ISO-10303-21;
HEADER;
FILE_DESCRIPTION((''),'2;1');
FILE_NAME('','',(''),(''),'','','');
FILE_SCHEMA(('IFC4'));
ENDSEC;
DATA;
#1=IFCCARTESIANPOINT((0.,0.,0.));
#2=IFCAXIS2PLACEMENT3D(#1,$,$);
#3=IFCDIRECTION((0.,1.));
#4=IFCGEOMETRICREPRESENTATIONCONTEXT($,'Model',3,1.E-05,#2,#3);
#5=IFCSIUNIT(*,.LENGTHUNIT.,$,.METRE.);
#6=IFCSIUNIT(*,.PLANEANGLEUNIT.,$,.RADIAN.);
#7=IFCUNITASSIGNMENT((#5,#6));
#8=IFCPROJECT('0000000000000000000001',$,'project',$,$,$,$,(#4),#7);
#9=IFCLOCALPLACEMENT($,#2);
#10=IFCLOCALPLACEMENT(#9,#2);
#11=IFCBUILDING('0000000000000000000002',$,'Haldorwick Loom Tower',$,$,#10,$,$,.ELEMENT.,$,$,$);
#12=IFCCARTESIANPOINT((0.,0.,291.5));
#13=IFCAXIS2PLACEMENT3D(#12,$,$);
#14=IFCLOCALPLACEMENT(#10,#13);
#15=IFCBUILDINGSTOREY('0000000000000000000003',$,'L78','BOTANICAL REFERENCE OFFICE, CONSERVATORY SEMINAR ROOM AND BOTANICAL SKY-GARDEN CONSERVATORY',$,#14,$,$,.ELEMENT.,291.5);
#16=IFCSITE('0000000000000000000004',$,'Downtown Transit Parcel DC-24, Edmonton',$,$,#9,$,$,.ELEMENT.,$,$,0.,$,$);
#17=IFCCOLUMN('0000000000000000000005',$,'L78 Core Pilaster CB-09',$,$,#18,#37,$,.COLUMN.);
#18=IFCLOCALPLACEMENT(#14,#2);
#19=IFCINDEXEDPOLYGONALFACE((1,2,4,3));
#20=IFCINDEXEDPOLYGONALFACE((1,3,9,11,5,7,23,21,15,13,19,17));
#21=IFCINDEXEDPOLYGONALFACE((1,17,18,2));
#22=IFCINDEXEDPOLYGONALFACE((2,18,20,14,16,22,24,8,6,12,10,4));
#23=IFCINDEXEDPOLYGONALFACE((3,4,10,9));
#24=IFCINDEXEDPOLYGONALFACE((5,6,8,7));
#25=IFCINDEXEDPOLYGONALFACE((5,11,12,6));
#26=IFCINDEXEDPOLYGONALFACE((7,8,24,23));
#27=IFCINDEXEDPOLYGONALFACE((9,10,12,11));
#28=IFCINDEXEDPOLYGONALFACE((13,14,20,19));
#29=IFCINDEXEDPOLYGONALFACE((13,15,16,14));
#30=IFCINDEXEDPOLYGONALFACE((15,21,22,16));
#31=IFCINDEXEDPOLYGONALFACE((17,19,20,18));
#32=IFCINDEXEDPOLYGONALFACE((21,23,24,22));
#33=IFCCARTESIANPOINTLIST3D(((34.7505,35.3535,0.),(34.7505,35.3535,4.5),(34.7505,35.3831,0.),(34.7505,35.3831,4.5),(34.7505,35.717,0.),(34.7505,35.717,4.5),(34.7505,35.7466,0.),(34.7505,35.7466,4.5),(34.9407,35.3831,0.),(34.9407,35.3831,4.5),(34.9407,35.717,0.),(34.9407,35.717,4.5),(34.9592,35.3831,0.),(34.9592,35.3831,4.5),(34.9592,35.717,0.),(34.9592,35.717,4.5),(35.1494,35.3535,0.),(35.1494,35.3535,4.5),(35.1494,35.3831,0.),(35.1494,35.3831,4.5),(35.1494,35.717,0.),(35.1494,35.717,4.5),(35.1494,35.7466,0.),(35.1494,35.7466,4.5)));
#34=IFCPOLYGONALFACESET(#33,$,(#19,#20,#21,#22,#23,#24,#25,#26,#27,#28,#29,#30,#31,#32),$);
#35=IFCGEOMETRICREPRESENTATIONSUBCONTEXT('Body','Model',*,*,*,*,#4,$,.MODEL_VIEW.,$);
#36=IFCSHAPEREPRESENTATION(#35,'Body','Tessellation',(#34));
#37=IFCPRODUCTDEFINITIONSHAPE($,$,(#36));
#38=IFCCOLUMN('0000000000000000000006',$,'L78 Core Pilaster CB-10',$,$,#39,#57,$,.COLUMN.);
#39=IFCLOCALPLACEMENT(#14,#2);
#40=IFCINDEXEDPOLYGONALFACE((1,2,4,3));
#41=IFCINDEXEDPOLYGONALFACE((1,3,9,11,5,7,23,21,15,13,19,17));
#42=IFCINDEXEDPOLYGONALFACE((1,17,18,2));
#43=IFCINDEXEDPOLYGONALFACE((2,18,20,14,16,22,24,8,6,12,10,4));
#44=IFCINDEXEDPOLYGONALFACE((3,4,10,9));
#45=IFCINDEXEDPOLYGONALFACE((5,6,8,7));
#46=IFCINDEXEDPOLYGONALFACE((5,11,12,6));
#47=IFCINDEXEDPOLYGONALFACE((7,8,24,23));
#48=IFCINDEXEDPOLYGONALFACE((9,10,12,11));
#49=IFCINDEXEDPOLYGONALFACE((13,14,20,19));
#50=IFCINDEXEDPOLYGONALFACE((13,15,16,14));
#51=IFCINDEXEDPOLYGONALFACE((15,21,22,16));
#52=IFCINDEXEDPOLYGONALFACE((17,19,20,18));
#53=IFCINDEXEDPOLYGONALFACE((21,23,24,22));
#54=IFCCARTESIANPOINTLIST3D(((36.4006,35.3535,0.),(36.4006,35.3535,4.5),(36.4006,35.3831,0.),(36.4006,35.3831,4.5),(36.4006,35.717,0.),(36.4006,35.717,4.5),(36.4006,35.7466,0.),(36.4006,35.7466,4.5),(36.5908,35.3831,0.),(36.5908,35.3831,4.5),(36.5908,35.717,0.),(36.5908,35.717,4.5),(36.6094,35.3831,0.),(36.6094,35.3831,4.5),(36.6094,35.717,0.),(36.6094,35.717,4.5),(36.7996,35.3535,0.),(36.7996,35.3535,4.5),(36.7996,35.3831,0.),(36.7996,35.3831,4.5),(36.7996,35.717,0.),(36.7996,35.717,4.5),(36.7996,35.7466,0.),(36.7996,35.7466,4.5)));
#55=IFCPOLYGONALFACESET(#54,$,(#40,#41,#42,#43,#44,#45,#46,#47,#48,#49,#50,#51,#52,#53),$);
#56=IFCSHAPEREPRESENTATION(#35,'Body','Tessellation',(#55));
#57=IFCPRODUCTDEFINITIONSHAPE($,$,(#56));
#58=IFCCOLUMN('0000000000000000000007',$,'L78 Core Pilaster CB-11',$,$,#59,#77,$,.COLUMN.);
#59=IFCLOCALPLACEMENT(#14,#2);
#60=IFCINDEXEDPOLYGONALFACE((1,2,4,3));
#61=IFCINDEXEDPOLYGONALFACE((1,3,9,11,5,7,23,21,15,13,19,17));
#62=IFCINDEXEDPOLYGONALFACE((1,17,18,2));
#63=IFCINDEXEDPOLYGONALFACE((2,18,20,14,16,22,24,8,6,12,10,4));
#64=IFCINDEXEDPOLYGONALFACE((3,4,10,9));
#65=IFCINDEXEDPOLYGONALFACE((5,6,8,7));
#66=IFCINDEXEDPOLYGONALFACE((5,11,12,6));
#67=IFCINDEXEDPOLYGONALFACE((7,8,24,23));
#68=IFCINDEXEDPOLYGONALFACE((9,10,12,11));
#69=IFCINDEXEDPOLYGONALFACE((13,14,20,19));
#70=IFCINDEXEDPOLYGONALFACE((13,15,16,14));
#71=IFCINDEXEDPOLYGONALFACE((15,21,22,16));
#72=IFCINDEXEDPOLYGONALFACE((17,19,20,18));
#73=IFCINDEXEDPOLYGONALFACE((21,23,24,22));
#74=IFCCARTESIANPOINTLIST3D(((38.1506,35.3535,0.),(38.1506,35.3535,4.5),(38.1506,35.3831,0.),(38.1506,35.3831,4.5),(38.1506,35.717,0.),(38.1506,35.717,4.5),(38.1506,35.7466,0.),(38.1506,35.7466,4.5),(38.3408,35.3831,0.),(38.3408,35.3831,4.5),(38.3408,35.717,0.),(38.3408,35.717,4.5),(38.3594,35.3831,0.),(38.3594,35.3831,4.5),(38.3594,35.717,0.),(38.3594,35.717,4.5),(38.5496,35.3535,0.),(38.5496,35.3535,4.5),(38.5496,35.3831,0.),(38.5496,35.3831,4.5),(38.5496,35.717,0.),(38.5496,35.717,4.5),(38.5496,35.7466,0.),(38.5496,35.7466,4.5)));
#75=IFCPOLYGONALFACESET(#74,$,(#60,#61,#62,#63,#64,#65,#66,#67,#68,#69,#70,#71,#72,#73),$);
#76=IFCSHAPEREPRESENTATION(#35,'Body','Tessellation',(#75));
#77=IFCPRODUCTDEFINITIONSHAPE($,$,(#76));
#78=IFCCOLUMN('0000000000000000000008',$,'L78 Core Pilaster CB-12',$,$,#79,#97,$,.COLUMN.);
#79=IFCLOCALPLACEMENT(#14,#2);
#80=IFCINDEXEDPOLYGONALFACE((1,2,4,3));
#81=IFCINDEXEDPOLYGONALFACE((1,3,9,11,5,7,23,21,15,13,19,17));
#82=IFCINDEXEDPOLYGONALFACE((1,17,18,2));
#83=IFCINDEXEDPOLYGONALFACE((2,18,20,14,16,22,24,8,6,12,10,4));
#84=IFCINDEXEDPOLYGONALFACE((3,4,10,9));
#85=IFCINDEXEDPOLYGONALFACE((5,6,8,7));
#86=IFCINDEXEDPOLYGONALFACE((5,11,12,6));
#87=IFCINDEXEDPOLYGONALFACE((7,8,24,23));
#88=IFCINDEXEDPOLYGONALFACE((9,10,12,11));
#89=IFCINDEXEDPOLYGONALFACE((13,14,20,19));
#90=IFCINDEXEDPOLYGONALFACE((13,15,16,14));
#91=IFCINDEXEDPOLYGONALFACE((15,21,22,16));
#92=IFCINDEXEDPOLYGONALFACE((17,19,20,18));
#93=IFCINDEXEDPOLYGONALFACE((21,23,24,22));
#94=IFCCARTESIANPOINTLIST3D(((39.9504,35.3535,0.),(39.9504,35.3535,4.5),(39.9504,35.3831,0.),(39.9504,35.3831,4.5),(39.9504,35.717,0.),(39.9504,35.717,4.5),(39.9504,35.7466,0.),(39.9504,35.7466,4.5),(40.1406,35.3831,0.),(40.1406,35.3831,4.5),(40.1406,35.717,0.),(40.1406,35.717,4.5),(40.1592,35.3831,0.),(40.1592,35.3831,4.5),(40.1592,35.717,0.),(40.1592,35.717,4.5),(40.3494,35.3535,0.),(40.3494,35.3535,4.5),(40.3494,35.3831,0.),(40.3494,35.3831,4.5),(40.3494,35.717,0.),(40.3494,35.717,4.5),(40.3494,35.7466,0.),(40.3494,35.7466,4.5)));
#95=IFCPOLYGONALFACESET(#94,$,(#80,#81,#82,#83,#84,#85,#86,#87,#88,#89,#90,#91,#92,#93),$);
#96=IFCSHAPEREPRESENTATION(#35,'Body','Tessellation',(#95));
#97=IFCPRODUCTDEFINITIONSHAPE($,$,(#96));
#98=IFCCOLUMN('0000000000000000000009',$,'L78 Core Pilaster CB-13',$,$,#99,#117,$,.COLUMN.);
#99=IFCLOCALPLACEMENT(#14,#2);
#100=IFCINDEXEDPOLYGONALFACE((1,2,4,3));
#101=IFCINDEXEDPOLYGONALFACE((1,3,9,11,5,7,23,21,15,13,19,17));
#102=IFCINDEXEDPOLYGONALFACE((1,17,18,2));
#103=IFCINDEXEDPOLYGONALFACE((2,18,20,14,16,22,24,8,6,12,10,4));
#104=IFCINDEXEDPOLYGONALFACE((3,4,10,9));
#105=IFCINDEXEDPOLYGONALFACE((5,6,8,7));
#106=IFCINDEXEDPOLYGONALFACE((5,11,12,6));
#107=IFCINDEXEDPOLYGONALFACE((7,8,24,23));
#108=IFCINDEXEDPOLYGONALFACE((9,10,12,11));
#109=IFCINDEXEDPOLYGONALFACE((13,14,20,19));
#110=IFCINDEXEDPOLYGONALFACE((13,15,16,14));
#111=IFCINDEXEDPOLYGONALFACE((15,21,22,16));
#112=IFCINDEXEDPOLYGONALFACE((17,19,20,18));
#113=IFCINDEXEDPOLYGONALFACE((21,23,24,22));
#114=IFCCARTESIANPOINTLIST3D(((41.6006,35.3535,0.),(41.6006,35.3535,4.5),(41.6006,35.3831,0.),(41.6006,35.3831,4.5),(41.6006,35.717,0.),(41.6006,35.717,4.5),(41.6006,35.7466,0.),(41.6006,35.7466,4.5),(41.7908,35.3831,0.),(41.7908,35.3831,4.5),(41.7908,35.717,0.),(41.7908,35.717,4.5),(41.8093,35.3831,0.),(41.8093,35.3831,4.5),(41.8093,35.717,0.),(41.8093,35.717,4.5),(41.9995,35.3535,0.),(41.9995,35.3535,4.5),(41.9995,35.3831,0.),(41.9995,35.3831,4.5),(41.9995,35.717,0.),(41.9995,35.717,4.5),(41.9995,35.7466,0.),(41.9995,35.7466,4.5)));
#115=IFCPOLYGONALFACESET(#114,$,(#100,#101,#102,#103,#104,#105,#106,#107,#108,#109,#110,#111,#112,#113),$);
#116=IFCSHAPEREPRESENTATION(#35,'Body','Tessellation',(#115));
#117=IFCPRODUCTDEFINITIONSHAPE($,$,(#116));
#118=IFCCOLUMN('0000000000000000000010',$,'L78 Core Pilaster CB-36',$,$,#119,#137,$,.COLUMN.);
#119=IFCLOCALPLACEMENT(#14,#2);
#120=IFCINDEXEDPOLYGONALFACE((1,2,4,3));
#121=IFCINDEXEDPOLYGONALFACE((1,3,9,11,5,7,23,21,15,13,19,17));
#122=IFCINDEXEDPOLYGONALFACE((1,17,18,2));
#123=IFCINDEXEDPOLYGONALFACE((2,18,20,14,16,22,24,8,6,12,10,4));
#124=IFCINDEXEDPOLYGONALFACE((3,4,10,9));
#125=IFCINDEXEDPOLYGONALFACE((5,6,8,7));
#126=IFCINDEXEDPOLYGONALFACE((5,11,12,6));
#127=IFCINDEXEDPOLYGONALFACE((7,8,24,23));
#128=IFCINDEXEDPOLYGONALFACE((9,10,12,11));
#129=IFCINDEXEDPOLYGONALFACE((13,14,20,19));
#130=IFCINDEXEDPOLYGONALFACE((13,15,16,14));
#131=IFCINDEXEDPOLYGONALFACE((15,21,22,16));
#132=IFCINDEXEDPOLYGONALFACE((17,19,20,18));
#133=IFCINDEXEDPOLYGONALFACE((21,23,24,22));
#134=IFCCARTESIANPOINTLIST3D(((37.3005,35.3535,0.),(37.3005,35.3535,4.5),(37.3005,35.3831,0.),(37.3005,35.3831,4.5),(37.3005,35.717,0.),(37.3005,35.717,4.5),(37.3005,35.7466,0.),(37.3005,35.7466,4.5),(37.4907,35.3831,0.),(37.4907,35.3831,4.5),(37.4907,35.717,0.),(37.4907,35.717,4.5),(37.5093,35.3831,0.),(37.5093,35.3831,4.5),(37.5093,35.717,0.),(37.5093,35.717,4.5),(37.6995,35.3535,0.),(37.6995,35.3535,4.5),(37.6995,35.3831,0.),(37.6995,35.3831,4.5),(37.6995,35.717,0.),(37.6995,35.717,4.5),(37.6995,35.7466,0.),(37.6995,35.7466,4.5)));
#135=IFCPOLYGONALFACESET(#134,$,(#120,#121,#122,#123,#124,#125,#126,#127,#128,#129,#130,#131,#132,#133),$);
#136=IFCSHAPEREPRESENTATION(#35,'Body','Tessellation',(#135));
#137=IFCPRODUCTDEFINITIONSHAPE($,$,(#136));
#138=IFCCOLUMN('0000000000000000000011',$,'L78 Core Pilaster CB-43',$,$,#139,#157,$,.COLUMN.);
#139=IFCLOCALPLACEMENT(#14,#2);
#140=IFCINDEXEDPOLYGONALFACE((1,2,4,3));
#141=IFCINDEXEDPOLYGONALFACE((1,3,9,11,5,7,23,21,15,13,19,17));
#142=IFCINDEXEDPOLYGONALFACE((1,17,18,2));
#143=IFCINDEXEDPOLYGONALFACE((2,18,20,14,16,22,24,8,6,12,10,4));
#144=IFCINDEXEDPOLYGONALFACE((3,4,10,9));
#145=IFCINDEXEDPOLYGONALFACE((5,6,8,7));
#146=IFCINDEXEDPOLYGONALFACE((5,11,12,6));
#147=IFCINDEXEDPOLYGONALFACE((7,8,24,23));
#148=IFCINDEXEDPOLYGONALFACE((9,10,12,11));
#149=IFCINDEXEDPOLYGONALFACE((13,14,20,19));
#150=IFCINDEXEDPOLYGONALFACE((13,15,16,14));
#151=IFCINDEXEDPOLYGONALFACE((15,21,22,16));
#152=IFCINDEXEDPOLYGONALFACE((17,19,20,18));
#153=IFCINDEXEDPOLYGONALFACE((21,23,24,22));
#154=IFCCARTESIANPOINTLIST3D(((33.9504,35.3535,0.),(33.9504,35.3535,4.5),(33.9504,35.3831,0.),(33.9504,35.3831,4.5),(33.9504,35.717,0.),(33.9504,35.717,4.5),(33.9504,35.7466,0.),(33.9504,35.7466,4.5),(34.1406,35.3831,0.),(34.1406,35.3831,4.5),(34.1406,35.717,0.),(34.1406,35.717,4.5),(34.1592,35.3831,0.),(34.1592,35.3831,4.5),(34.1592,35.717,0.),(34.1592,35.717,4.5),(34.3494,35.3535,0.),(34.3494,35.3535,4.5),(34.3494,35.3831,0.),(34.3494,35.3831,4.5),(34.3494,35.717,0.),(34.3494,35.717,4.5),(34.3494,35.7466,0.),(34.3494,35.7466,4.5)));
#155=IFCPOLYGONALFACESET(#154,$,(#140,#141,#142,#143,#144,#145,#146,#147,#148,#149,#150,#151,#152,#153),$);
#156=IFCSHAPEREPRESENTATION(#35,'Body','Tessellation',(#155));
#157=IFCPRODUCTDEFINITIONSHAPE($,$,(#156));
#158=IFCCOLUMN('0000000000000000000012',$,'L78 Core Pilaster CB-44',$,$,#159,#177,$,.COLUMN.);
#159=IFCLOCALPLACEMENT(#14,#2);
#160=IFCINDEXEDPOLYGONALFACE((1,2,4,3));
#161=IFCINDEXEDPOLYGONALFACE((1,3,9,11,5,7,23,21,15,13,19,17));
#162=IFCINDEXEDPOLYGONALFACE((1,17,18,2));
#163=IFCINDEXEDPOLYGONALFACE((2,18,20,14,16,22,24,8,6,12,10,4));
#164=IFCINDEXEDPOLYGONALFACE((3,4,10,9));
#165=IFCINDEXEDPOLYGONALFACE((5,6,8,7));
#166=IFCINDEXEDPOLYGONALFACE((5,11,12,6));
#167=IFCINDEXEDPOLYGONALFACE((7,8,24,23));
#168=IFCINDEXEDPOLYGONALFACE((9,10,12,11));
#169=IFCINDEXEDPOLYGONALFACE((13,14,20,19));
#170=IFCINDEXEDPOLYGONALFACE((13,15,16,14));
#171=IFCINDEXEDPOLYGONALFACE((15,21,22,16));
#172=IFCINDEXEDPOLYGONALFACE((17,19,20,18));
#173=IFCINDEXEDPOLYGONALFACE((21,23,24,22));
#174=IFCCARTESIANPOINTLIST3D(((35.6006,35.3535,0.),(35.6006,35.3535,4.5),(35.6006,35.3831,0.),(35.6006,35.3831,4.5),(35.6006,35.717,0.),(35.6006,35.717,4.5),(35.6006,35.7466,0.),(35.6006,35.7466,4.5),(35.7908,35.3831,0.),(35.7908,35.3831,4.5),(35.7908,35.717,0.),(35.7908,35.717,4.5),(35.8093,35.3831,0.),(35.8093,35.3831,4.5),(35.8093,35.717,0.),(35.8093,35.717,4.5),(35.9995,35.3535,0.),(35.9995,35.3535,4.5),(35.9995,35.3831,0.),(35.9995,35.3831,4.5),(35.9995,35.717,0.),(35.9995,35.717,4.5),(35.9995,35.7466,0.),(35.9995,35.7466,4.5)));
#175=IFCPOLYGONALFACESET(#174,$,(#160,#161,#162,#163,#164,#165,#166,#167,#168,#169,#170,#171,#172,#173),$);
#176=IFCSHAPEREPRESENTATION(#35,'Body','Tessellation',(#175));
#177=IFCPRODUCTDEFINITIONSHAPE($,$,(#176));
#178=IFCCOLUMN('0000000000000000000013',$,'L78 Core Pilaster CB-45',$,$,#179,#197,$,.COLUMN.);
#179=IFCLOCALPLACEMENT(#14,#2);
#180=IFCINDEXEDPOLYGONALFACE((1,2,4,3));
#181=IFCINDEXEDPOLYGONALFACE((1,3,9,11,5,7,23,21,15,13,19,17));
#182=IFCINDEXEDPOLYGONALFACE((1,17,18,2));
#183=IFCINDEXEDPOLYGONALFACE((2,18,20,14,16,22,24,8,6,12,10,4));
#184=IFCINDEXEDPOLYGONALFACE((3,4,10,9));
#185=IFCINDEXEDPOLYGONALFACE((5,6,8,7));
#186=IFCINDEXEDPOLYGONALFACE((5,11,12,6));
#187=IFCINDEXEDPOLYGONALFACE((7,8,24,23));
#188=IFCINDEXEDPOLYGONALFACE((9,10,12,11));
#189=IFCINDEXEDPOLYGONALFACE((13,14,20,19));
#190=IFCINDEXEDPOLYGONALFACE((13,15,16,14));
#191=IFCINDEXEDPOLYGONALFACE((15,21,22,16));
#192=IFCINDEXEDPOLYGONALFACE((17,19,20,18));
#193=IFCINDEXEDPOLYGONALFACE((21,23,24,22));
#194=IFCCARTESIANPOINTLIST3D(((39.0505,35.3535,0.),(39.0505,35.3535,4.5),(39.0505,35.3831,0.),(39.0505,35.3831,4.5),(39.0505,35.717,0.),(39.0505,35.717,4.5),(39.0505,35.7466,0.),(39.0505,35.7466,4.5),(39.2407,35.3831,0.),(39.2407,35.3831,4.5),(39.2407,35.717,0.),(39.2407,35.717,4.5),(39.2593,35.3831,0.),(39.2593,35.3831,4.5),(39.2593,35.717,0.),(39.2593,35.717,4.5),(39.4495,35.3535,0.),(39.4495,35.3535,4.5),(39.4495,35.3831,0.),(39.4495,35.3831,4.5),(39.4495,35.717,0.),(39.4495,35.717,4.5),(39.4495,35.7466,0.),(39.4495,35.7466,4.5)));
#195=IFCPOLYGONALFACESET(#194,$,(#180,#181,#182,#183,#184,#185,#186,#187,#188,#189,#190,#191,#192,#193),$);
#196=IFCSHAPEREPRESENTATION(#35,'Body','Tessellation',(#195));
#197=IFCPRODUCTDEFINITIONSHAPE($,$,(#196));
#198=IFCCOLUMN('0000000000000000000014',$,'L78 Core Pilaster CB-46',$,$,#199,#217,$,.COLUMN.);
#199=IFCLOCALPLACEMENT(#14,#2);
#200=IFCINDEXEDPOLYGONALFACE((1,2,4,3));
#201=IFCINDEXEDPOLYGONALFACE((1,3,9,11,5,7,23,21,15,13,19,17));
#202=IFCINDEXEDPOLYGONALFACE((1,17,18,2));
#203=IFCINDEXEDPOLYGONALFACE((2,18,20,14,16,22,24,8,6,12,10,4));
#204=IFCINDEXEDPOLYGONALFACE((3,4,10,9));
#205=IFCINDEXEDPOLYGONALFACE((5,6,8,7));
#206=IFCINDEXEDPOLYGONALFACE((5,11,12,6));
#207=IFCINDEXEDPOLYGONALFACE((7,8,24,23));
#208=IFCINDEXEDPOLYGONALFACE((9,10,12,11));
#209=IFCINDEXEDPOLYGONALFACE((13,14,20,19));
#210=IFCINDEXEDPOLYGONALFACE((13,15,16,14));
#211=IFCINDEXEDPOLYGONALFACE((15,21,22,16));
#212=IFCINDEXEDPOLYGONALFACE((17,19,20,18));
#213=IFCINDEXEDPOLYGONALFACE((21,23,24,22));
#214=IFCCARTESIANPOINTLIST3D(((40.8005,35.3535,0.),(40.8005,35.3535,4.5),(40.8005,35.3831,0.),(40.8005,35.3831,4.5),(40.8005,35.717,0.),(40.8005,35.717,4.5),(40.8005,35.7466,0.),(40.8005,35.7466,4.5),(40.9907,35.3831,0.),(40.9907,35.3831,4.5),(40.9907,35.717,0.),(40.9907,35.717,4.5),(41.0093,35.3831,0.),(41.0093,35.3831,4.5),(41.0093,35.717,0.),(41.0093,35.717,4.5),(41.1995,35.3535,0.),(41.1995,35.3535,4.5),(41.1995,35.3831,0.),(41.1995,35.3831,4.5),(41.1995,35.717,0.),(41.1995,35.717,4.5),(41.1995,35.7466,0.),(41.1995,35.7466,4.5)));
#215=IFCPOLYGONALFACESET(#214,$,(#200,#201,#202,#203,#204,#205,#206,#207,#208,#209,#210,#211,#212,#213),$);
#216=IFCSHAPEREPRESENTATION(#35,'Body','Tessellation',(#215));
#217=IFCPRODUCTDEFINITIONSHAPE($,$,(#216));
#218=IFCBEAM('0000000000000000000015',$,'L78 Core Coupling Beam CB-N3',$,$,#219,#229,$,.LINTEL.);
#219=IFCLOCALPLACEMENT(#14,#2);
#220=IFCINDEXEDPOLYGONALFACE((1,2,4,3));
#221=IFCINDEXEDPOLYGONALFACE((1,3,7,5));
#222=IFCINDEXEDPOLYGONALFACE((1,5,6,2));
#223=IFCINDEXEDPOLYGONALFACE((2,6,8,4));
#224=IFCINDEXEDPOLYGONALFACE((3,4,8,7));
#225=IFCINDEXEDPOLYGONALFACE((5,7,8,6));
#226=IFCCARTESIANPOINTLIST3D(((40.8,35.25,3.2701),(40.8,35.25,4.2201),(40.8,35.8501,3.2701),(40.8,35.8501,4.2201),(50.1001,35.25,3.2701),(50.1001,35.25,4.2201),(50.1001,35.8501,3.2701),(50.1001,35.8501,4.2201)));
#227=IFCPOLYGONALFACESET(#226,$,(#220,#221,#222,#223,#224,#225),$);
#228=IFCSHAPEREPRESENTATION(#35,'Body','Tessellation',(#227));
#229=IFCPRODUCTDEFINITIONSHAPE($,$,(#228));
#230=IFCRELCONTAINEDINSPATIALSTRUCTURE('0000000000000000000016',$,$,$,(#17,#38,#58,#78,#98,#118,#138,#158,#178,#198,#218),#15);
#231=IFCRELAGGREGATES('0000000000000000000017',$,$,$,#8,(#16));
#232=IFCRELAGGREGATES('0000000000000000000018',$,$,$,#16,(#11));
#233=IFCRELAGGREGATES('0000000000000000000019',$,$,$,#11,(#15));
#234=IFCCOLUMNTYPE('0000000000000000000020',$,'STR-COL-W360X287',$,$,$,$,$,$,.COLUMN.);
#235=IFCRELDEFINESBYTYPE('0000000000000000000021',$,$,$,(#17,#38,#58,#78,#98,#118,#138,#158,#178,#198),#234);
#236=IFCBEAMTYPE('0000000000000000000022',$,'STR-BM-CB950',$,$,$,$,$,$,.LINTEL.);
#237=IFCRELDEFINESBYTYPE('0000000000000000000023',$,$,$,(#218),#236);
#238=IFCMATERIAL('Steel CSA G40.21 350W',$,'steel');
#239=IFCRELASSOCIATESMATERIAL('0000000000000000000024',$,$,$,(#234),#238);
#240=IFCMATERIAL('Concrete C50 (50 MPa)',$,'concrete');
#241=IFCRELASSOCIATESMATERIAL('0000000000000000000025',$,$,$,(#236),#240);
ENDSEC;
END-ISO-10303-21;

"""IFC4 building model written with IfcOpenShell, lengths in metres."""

from ifc_helpers import new_model, si_unit, direction, frame, origin, origin_2d, place, context, subcontext, project, spatial, rectangle, i_section, extrude, material, material_profile, profile_set, type_object, element, save


model = new_model("IFC4")

# Units and contexts
model_context = context("Model", 3, precision=1e-05, world=origin(), true_north=direction((0.0, 1.0)))
body_context = subcontext(model_context, "Body", "Model", "MODEL_VIEW")
ifc_project = project(units=[si_unit("LENGTHUNIT", "METRE"), si_unit("PLANEANGLEUNIT", "RADIAN")], contexts=[model_context])

# Site, building, storey
site_placement = place(None, origin())
site = spatial("IfcSite", under=ifc_project, at=site_placement, Name="Downtown Transit Parcel DC-24, Edmonton", CompositionType="ELEMENT", RefElevation=0.0)
building_placement = place(site_placement, origin())
building = spatial("IfcBuilding", under=site, at=building_placement, Name="Haldorwick Loom Tower", CompositionType="ELEMENT")
storey_placement = place(building_placement, frame((0.0, 0.0, 291.5)))
storey = spatial("IfcBuildingStorey", under=building, at=storey_placement, Name="L78", Description="BOTANICAL REFERENCE OFFICE, CONSERVATORY SEMINAR ROOM AND BOTANICAL SKY-GARDEN CONSERVATORY", CompositionType="ELEMENT", Elevation=291.5)

# Columns
ifc_material_1 = material(Name="Steel CSA G40.21 350W", Category="steel")
ifc_material_profile_1 = material_profile(ifc_material_1, i_section(OverallWidth=0.3989, OverallDepth=0.3931, WebThickness=0.0186, FlangeThickness=0.0295, at=origin_2d()), Name="W360X287", Category="steel")
ifc_profile_set_1 = profile_set([ifc_material_profile_1], Name="Steel CSA G40.21 350W")
column_type = type_object("IfcColumnType", Name="STR-COL-W360X287", PredefinedType="COLUMN", material=ifc_profile_set_1)
for number, where, z_axis, x_axis, name in (
    (1, (34.95, 35.55, 0.0), (0.0, 0.0, 1.0), (1.0, 0.0, 0.0), "L78 Core Pilaster CB-09"),
    (2, (36.6001, 35.55, 0.0), (0.0, 0.0, 1.0), (1.0, 0.0, 0.0), "L78 Core Pilaster CB-10"),
    (3, (38.3501, 35.55, 0.0), (0.0, 0.0, 1.0), (1.0, 0.0, 0.0), "L78 Core Pilaster CB-11"),
    (4, (40.1499, 35.55, 0.0), (0.0, 0.0, 1.0), (1.0, 0.0, 0.0), "L78 Core Pilaster CB-12"),
    (5, (41.8, 35.55, 0.0), (0.0, 0.0, 1.0), (1.0, 0.0, 0.0), "L78 Core Pilaster CB-13"),
    (6, (37.5, 35.55, 0.0), (0.0, 0.0, 1.0), (1.0, 0.0, 0.0), "L78 Core Pilaster CB-36"),
    (7, (34.1499, 35.55, 0.0), (0.0, 0.0, 1.0), (1.0, 0.0, 0.0), "L78 Core Pilaster CB-43"),
    (8, (35.8, 35.55, 0.0), (0.0, 0.0, 1.0), (1.0, 0.0, 0.0), "L78 Core Pilaster CB-44"),
    (9, (39.25, 35.55, 0.0), (0.0, 0.0, 1.0), (1.0, 0.0, 0.0), "L78 Core Pilaster CB-45"),
    (10, (41.0, 35.55, 0.0), (0.0, 0.0, 1.0), (1.0, 0.0, 0.0), "L78 Core Pilaster CB-46"),
):
    element("IfcColumn", number, at=place(storey_placement, frame(where, z_axis=z_axis, x_axis=x_axis)), inside=storey, type_object=column_type, Name=name, PredefinedType="COLUMN", context=body_context, shape_type="SweptSolid", body=[
        extrude(i_section(OverallWidth=0.3989, OverallDepth=0.3931, WebThickness=0.0186, FlangeThickness=0.0295, at=origin_2d()), origin(), (0.0, 0.0, 1.0), 4.5),
    ])

# Beam
ifc_material_2 = material(Name="Concrete C50 (50 MPa)", Category="concrete")
ifc_material_profile_2 = material_profile(ifc_material_2, rectangle(XDim=0.6001, YDim=0.95, at=origin_2d()), Name="RC600X950", Category="concrete")
ifc_profile_set_2 = profile_set([ifc_material_profile_2], Name="Concrete C50 (50 MPa)")
beam_type = type_object("IfcBeamType", Name="STR-BM-CB950", PredefinedType="LINTEL", material=ifc_profile_set_2)
beam_placement = place(storey_placement, frame((40.8, 35.55, 3.7451), z_axis=(1.0, 0.0, 0.0), x_axis=(0.0, 1.0, 0.0)))
element("IfcBeam", 11, at=beam_placement, inside=storey, type_object=beam_type, Name="L78 Core Coupling Beam CB-N3", PredefinedType="LINTEL", context=body_context, shape_type="SweptSolid", body=[
    extrude(rectangle(XDim=0.6001, YDim=0.95, at=origin_2d()), origin(), (0.0, 0.0, 1.0), 9.3),
])

save(model, "model.ifc")
